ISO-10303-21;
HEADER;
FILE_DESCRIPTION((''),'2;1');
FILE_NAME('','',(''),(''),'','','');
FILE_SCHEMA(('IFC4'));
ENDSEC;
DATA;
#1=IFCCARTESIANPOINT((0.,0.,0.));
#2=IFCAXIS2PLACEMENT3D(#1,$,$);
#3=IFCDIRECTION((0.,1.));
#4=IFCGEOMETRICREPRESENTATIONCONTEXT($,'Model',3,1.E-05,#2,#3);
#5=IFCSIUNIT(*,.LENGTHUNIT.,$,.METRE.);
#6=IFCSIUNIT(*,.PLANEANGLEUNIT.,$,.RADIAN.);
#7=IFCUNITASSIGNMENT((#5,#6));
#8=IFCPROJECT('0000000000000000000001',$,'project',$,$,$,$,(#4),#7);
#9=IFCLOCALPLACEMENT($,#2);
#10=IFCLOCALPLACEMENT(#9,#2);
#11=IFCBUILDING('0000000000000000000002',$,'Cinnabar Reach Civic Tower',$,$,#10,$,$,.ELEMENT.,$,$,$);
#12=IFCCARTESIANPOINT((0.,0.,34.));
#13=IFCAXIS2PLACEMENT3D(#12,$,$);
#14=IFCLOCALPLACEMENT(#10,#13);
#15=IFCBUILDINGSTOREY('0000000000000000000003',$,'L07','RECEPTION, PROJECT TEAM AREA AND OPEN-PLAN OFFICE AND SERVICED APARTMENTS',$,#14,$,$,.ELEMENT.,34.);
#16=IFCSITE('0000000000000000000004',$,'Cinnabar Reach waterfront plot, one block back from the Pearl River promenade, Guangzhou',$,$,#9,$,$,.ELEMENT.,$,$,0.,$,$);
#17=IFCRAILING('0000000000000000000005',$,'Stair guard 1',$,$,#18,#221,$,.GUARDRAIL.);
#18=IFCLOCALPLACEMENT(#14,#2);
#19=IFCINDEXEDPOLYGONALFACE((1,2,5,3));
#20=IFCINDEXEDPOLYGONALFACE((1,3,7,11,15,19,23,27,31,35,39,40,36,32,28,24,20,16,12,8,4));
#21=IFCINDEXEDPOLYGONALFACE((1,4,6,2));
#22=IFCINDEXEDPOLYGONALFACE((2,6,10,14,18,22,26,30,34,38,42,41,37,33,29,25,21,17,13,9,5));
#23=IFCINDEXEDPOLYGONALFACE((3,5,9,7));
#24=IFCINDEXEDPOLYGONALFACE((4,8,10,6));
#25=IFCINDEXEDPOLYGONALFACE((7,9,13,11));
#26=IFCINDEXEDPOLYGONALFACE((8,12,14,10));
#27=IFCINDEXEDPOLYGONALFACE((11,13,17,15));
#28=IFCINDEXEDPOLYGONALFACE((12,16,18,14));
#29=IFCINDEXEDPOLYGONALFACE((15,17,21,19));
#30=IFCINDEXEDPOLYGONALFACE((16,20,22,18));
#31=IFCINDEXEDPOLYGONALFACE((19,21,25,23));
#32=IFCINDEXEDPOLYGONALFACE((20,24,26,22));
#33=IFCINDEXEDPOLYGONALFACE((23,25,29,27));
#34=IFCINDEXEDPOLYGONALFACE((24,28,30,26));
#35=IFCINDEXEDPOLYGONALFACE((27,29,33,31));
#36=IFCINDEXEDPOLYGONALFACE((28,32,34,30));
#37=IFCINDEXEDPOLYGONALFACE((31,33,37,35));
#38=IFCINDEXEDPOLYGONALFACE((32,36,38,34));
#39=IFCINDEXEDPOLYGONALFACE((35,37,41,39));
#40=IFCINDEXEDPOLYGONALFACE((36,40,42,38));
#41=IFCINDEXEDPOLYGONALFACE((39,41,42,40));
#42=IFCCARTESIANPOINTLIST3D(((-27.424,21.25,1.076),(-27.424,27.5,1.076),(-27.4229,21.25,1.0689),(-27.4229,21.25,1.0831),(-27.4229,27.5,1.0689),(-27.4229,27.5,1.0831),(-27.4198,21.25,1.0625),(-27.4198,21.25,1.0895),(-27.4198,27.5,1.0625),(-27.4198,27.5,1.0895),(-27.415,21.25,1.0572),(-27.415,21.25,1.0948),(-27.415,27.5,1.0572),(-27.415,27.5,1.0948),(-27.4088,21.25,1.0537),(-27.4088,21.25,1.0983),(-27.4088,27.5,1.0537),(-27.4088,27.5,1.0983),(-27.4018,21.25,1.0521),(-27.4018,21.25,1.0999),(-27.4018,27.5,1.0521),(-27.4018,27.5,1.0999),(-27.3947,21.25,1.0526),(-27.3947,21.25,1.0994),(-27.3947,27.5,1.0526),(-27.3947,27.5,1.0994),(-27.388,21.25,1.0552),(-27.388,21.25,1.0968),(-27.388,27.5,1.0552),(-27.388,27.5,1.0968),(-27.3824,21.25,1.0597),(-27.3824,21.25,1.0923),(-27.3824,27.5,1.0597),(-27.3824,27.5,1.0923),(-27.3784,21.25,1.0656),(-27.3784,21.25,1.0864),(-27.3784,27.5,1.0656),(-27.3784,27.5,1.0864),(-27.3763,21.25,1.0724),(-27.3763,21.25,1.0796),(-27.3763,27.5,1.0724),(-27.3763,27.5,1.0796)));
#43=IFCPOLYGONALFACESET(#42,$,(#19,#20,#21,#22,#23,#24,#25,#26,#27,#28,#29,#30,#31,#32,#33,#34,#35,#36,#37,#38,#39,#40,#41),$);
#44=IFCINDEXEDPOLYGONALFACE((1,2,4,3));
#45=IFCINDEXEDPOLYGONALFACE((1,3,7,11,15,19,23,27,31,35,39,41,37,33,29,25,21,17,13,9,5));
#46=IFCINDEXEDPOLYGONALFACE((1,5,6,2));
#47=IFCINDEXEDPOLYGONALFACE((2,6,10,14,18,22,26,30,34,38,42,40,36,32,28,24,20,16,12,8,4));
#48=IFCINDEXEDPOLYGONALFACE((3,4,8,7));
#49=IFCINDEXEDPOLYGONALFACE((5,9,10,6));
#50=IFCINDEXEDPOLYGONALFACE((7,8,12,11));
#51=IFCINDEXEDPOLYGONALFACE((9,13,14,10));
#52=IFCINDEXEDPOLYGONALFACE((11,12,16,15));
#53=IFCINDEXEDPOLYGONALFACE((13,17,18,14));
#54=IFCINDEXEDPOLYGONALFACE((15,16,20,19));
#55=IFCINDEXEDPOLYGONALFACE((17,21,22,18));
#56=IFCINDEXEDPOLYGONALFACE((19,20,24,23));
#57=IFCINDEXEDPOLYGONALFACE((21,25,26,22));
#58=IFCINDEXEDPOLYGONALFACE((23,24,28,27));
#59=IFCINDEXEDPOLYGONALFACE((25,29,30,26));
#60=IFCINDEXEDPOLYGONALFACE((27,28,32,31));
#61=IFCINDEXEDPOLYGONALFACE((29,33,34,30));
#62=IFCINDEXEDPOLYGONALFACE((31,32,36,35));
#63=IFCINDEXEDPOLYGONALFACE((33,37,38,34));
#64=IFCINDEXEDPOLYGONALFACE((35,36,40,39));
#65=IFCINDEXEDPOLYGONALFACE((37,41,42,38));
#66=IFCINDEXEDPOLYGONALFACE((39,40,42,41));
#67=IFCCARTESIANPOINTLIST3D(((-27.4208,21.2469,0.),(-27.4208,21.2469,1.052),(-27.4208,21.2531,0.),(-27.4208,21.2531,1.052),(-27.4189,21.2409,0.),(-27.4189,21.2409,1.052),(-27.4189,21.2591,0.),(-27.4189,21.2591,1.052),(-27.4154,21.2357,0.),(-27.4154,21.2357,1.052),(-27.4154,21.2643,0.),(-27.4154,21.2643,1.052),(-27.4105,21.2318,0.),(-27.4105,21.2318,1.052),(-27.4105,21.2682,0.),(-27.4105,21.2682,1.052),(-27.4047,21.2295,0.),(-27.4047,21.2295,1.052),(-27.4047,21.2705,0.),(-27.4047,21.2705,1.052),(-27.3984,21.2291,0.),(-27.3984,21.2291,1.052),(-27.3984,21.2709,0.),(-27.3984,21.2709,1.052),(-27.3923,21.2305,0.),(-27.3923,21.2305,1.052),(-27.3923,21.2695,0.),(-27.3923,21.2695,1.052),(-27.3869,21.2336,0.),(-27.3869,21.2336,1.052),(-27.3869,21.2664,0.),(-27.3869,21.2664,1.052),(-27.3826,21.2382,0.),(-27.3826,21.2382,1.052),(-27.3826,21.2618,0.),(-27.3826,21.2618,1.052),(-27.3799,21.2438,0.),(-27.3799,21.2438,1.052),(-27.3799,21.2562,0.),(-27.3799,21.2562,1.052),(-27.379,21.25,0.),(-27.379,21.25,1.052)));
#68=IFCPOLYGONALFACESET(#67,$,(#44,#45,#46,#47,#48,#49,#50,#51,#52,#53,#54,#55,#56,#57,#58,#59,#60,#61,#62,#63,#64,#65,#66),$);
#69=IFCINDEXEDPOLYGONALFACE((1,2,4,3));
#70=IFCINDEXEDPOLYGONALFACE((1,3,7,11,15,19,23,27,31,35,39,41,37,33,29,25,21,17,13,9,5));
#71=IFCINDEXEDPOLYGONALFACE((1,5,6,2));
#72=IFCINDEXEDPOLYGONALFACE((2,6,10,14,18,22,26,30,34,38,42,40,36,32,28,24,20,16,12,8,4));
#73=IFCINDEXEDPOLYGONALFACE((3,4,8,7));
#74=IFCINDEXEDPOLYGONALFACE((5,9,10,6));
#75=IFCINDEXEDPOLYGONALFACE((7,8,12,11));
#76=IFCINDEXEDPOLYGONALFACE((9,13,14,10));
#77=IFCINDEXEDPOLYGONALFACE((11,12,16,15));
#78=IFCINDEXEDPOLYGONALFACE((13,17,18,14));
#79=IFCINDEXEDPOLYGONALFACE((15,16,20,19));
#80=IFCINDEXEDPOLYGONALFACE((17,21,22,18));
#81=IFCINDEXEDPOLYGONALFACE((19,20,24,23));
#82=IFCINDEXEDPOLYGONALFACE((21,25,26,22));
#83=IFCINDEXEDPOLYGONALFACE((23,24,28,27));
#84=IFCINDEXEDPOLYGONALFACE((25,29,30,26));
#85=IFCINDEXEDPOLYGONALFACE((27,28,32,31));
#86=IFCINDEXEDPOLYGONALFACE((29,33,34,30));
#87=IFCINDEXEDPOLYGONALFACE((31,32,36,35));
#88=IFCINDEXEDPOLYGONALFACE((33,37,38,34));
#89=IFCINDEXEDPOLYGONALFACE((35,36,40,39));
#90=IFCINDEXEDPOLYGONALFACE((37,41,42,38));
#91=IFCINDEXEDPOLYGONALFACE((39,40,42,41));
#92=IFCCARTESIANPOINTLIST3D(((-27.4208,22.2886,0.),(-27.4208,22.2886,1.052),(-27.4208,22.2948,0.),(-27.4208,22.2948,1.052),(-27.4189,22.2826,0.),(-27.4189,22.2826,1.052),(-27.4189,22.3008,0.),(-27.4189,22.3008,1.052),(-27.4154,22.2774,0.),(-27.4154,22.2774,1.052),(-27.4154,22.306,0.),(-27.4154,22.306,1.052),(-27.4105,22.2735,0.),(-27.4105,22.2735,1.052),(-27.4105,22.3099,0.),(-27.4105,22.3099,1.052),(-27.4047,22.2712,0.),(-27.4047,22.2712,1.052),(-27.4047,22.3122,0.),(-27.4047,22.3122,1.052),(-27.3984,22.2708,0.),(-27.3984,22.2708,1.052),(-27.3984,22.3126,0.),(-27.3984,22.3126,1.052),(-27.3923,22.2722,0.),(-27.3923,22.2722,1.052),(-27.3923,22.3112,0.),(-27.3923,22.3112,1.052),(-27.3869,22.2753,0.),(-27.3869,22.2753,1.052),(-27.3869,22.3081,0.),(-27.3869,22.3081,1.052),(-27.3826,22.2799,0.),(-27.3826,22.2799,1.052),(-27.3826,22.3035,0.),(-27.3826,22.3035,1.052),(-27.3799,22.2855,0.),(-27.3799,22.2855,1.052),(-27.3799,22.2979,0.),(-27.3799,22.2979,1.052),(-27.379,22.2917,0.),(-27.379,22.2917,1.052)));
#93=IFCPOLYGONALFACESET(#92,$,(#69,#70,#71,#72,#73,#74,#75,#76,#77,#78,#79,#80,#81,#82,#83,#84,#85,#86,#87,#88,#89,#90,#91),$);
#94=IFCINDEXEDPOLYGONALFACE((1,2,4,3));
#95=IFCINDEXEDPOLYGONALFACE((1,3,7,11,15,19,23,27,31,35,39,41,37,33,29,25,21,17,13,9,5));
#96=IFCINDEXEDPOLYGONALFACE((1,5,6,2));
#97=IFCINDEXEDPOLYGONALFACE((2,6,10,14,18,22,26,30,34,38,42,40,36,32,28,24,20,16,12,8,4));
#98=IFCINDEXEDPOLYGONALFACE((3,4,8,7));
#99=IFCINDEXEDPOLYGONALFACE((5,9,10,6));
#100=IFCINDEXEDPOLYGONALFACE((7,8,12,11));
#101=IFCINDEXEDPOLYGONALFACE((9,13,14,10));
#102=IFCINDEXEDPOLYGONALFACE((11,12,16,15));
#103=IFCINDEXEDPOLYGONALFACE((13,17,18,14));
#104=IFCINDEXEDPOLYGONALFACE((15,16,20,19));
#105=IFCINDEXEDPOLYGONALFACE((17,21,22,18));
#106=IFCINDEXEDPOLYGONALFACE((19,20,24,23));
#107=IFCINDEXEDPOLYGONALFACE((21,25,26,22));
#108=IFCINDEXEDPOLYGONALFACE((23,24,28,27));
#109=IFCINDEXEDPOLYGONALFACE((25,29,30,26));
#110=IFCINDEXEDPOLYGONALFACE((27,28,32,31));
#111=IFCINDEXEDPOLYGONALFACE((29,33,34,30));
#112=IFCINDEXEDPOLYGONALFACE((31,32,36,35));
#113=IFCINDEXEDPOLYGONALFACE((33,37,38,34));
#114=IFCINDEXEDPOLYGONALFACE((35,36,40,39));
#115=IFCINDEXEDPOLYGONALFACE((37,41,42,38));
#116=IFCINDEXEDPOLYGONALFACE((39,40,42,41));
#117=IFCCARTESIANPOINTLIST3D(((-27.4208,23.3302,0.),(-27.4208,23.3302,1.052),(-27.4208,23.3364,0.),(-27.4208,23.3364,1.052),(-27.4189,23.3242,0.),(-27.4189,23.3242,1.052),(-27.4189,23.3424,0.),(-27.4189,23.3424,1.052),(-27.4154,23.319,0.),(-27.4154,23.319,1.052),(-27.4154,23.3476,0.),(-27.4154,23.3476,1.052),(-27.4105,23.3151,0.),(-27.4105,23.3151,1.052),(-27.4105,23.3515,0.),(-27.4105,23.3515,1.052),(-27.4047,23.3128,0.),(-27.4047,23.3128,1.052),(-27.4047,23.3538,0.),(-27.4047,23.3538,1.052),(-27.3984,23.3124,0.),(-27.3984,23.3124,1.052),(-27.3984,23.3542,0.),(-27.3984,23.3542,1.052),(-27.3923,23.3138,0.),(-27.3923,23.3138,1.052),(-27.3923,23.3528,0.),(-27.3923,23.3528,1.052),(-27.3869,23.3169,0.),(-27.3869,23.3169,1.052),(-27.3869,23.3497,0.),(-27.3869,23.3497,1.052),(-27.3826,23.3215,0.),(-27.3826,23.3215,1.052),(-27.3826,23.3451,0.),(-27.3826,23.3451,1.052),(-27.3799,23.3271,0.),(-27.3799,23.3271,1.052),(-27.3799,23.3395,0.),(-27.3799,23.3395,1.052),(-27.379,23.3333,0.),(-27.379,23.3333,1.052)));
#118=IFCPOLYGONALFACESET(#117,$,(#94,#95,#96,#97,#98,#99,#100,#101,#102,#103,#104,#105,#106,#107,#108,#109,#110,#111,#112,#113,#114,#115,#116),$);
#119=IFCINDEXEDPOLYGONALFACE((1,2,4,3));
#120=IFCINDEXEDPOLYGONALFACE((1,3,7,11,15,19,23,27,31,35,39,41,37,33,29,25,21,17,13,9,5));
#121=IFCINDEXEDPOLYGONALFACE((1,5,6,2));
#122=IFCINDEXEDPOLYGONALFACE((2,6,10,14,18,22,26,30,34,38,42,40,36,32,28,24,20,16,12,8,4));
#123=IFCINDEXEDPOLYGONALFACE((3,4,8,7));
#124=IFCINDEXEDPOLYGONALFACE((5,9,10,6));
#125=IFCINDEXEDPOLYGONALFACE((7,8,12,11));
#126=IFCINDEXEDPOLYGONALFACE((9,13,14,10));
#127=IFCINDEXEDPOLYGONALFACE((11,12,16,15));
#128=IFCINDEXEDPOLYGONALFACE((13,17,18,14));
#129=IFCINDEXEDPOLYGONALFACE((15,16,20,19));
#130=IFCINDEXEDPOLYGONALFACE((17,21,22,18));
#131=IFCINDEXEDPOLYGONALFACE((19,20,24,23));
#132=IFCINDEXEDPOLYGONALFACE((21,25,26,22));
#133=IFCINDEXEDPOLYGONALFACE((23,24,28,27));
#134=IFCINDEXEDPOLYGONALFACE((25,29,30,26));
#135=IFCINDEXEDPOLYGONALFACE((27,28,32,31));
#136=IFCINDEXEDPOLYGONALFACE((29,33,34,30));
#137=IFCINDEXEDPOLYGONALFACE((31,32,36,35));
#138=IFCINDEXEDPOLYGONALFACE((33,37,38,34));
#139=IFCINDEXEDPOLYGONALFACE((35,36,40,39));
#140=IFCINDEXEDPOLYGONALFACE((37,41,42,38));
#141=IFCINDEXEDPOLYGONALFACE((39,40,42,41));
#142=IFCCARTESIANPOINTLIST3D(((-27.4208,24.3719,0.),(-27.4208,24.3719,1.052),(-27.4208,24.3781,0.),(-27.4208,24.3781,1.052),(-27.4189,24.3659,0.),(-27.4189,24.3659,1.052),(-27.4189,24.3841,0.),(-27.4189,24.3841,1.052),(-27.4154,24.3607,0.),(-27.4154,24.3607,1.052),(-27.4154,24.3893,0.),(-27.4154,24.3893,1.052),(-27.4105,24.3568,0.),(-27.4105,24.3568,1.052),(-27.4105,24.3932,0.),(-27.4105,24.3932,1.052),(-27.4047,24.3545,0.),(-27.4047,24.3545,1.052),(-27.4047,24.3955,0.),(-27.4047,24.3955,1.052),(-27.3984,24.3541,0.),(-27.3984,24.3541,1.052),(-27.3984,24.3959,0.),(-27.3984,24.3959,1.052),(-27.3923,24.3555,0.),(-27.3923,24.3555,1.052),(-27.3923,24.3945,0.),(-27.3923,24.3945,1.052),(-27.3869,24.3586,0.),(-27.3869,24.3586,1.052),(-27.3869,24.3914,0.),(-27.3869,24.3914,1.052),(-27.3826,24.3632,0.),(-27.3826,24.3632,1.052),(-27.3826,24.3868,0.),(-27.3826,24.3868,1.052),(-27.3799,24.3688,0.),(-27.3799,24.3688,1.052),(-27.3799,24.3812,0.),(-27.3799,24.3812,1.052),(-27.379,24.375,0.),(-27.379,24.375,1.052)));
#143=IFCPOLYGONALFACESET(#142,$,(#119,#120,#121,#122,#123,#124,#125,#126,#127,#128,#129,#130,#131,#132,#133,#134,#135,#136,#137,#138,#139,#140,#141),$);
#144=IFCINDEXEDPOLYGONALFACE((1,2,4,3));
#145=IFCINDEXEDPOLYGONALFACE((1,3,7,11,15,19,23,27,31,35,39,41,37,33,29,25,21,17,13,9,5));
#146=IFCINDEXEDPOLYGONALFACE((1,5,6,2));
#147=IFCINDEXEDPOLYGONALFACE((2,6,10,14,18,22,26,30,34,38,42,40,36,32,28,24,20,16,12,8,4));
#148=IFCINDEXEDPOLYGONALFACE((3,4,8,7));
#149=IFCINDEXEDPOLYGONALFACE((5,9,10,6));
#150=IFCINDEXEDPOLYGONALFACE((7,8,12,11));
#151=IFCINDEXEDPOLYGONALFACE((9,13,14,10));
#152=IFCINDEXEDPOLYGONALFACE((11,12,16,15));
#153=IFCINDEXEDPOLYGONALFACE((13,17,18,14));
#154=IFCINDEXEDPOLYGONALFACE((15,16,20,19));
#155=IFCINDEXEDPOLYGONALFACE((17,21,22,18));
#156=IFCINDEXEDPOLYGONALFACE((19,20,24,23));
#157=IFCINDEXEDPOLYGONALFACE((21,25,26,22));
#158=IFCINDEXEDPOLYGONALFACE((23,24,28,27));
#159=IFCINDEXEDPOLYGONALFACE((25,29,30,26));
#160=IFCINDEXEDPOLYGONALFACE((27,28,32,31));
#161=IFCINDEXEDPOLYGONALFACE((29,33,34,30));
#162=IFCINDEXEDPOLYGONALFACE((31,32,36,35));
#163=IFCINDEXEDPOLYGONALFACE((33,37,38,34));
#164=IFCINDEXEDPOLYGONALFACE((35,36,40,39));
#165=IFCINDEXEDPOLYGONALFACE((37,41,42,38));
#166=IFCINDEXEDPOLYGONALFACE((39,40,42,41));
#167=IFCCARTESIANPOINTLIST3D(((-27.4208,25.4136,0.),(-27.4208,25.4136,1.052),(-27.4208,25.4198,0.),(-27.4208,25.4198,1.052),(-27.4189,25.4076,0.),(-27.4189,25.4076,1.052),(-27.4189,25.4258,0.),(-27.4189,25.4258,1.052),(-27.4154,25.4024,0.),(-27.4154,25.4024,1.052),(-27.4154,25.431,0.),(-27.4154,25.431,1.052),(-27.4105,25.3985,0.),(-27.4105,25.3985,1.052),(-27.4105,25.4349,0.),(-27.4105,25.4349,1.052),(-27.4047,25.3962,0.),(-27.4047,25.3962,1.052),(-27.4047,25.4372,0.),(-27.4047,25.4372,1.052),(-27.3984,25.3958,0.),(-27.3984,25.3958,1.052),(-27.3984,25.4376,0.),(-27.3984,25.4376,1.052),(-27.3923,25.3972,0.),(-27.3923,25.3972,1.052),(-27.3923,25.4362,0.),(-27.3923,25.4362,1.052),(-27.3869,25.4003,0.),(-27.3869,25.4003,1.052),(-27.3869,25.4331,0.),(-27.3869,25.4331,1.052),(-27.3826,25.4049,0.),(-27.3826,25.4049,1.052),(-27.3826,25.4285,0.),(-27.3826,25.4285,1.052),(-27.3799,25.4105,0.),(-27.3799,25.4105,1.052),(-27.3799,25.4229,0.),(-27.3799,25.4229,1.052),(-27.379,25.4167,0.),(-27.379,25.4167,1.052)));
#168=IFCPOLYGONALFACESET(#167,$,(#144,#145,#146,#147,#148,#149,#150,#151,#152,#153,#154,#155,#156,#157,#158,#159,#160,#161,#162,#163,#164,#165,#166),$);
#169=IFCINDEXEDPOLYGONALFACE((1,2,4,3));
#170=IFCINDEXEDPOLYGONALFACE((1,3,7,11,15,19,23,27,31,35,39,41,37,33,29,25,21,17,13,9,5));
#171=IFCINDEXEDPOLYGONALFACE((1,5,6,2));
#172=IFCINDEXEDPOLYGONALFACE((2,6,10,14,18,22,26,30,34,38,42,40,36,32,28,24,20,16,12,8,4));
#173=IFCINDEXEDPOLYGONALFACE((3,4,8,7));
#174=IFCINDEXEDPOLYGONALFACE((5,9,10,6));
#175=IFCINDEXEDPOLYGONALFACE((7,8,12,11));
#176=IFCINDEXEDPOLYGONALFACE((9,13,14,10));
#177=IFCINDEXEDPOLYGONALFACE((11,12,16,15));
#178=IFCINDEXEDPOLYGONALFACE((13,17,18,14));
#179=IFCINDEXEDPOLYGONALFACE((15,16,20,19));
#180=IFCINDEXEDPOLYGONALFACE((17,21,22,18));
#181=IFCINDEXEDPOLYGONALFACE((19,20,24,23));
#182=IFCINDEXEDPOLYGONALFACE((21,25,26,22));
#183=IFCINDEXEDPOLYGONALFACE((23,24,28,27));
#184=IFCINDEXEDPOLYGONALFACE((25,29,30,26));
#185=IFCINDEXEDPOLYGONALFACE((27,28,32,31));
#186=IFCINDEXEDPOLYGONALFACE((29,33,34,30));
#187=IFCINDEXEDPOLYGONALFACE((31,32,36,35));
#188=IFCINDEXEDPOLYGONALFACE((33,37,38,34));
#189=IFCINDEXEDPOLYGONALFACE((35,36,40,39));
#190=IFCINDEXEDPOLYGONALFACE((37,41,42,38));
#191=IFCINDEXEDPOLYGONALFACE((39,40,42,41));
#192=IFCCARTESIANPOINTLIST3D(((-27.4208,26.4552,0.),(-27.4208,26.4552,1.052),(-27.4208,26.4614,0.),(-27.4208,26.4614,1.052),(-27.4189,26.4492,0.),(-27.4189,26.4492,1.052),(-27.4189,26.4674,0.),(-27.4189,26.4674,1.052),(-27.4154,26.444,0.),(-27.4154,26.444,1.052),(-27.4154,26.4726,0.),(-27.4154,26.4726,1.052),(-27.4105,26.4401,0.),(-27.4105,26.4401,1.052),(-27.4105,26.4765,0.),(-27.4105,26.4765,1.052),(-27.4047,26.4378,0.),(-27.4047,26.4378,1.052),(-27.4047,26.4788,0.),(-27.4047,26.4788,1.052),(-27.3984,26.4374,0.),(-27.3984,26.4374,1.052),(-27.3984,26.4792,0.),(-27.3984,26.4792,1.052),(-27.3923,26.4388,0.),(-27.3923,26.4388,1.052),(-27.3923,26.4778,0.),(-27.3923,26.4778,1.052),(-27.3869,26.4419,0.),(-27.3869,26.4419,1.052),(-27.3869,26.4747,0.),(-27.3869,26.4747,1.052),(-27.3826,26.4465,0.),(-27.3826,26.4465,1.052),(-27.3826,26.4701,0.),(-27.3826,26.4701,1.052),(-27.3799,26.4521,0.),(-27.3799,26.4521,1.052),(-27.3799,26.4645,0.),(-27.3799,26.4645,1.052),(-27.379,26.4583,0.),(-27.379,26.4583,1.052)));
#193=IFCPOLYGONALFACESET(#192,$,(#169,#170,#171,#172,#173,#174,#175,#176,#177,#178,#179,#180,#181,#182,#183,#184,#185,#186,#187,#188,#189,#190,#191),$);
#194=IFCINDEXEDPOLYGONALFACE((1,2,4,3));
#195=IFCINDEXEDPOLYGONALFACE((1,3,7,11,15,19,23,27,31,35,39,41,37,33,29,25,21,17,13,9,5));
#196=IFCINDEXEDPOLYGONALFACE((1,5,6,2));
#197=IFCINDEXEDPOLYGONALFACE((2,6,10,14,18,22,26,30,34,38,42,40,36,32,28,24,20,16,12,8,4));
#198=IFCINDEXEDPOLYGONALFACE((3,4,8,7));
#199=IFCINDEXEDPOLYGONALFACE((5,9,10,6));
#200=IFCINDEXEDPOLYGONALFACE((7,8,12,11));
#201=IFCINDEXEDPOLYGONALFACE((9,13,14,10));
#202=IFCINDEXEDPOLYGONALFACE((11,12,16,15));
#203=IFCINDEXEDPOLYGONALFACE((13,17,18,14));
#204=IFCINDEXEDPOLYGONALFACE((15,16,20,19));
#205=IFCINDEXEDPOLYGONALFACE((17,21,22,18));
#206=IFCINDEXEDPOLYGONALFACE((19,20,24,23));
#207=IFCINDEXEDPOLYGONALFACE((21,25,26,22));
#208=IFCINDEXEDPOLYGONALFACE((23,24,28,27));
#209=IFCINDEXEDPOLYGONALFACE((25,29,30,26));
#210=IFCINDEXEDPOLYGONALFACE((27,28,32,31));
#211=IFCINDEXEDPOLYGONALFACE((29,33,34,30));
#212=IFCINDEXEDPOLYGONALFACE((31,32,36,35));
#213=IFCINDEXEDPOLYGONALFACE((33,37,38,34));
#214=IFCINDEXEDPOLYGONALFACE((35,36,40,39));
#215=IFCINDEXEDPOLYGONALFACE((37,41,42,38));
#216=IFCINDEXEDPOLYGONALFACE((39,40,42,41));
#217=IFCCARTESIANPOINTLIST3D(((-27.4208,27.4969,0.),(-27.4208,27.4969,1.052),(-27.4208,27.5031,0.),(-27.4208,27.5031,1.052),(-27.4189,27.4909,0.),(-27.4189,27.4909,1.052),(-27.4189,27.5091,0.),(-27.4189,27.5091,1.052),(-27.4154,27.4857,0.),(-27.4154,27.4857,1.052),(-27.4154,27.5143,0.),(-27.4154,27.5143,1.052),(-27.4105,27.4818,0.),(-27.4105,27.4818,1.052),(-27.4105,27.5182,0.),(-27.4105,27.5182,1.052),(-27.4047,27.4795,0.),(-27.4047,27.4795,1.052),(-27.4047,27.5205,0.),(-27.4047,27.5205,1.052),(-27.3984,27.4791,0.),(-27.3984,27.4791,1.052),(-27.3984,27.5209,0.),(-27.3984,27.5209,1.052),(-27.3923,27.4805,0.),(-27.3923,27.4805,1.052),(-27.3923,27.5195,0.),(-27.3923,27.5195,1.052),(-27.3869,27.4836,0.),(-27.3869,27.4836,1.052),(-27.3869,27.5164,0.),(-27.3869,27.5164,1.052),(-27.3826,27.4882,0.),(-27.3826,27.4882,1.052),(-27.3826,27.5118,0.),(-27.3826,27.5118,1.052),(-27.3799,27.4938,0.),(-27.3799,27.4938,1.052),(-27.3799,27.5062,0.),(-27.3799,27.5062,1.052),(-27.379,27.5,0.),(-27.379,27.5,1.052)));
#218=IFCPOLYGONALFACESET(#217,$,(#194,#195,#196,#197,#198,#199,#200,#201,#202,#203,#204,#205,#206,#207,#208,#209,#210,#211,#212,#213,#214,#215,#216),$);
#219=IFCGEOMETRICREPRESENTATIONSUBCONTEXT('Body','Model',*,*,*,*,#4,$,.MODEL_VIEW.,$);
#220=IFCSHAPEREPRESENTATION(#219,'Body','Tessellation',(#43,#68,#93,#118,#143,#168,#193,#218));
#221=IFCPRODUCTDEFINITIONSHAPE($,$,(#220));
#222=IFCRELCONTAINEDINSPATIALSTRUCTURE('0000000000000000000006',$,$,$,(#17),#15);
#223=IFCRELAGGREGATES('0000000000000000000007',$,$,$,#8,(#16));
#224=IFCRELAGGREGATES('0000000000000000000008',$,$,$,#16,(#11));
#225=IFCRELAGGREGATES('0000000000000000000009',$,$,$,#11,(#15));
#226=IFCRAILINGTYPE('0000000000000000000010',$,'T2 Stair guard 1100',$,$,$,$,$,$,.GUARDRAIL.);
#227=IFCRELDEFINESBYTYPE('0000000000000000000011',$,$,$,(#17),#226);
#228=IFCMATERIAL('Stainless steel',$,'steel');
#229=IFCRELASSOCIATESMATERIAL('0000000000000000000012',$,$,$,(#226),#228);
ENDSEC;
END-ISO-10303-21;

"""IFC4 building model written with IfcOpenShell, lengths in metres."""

from ifc_helpers import new_model, si_unit, direction, frame, origin, origin_2d, place, context, subcontext, project, spatial, circle, extrude, material, type_object, element, save


model = new_model("IFC4")

# Units and contexts
model_context = context("Model", 3, precision=1e-05, world=origin(), true_north=direction((0.0, 1.0)))
body_context = subcontext(model_context, "Body", "Model", "MODEL_VIEW")
ifc_project = project(units=[si_unit("LENGTHUNIT", "METRE"), si_unit("PLANEANGLEUNIT", "RADIAN")], contexts=[model_context])

# Site, building, storey
site_placement = place(None, origin())
site = spatial("IfcSite", under=ifc_project, at=site_placement, Name="Cinnabar Reach waterfront plot, one block back from the Pearl River promenade, Guangzhou", CompositionType="ELEMENT", RefElevation=0.0)
building_placement = place(site_placement, origin())
building = spatial("IfcBuilding", under=site, at=building_placement, Name="Cinnabar Reach Civic Tower", CompositionType="ELEMENT")
storey_placement = place(building_placement, frame((0.0, 0.0, 34.0)))
storey = spatial("IfcBuildingStorey", under=building, at=storey_placement, Name="L07", Description="RECEPTION, PROJECT TEAM AREA AND OPEN-PLAN OFFICE AND SERVICED APARTMENTS", CompositionType="ELEMENT", Elevation=34.0)

# Railing
ifc_material_1 = material(Name="Stainless steel", Category="steel")
railing_type = type_object("IfcRailingType", Name="T2 Stair guard 1100", PredefinedType="GUARDRAIL", material=ifc_material_1)
for number, where, name in (
    (1, (-27.4, 21.25, 0.0), "Stair guard 1"),
):
    element("IfcRailing", number, at=place(storey_placement, frame(where)), inside=storey, type_object=railing_type, Name=name, PredefinedType="GUARDRAIL", context=body_context, shape_type="SweptSolid", body=[
        extrude(circle(Radius=0.024, at=origin_2d()), frame((0.0, 0.0, 1.076), z_axis=(0.0, 1.0, 0.0), x_axis=(-1.0, 0.0, 0.0)), (0.0, 0.0, 1.0), 6.25),
        extrude(circle(Radius=0.021, at=origin_2d()), origin(), (0.0, 0.0, 1.0), 1.052),
        extrude(circle(Radius=0.021, at=origin_2d()), frame((0.0, 1.0417, 0.0)), (0.0, 0.0, 1.0), 1.052),
        extrude(circle(Radius=0.021, at=origin_2d()), frame((0.0, 2.0833, 0.0)), (0.0, 0.0, 1.0), 1.052),
        extrude(circle(Radius=0.021, at=origin_2d()), frame((0.0, 3.125, 0.0)), (0.0, 0.0, 1.0), 1.052),
        extrude(circle(Radius=0.021, at=origin_2d()), frame((0.0, 4.1667, 0.0)), (0.0, 0.0, 1.0), 1.052),
        extrude(circle(Radius=0.021, at=origin_2d()), frame((0.0, 5.2083, 0.0)), (0.0, 0.0, 1.0), 1.052),
        extrude(circle(Radius=0.021, at=origin_2d()), frame((0.0, 6.25, 0.0)), (0.0, 0.0, 1.0), 1.052),
    ])

save(model, "model.ifc")
